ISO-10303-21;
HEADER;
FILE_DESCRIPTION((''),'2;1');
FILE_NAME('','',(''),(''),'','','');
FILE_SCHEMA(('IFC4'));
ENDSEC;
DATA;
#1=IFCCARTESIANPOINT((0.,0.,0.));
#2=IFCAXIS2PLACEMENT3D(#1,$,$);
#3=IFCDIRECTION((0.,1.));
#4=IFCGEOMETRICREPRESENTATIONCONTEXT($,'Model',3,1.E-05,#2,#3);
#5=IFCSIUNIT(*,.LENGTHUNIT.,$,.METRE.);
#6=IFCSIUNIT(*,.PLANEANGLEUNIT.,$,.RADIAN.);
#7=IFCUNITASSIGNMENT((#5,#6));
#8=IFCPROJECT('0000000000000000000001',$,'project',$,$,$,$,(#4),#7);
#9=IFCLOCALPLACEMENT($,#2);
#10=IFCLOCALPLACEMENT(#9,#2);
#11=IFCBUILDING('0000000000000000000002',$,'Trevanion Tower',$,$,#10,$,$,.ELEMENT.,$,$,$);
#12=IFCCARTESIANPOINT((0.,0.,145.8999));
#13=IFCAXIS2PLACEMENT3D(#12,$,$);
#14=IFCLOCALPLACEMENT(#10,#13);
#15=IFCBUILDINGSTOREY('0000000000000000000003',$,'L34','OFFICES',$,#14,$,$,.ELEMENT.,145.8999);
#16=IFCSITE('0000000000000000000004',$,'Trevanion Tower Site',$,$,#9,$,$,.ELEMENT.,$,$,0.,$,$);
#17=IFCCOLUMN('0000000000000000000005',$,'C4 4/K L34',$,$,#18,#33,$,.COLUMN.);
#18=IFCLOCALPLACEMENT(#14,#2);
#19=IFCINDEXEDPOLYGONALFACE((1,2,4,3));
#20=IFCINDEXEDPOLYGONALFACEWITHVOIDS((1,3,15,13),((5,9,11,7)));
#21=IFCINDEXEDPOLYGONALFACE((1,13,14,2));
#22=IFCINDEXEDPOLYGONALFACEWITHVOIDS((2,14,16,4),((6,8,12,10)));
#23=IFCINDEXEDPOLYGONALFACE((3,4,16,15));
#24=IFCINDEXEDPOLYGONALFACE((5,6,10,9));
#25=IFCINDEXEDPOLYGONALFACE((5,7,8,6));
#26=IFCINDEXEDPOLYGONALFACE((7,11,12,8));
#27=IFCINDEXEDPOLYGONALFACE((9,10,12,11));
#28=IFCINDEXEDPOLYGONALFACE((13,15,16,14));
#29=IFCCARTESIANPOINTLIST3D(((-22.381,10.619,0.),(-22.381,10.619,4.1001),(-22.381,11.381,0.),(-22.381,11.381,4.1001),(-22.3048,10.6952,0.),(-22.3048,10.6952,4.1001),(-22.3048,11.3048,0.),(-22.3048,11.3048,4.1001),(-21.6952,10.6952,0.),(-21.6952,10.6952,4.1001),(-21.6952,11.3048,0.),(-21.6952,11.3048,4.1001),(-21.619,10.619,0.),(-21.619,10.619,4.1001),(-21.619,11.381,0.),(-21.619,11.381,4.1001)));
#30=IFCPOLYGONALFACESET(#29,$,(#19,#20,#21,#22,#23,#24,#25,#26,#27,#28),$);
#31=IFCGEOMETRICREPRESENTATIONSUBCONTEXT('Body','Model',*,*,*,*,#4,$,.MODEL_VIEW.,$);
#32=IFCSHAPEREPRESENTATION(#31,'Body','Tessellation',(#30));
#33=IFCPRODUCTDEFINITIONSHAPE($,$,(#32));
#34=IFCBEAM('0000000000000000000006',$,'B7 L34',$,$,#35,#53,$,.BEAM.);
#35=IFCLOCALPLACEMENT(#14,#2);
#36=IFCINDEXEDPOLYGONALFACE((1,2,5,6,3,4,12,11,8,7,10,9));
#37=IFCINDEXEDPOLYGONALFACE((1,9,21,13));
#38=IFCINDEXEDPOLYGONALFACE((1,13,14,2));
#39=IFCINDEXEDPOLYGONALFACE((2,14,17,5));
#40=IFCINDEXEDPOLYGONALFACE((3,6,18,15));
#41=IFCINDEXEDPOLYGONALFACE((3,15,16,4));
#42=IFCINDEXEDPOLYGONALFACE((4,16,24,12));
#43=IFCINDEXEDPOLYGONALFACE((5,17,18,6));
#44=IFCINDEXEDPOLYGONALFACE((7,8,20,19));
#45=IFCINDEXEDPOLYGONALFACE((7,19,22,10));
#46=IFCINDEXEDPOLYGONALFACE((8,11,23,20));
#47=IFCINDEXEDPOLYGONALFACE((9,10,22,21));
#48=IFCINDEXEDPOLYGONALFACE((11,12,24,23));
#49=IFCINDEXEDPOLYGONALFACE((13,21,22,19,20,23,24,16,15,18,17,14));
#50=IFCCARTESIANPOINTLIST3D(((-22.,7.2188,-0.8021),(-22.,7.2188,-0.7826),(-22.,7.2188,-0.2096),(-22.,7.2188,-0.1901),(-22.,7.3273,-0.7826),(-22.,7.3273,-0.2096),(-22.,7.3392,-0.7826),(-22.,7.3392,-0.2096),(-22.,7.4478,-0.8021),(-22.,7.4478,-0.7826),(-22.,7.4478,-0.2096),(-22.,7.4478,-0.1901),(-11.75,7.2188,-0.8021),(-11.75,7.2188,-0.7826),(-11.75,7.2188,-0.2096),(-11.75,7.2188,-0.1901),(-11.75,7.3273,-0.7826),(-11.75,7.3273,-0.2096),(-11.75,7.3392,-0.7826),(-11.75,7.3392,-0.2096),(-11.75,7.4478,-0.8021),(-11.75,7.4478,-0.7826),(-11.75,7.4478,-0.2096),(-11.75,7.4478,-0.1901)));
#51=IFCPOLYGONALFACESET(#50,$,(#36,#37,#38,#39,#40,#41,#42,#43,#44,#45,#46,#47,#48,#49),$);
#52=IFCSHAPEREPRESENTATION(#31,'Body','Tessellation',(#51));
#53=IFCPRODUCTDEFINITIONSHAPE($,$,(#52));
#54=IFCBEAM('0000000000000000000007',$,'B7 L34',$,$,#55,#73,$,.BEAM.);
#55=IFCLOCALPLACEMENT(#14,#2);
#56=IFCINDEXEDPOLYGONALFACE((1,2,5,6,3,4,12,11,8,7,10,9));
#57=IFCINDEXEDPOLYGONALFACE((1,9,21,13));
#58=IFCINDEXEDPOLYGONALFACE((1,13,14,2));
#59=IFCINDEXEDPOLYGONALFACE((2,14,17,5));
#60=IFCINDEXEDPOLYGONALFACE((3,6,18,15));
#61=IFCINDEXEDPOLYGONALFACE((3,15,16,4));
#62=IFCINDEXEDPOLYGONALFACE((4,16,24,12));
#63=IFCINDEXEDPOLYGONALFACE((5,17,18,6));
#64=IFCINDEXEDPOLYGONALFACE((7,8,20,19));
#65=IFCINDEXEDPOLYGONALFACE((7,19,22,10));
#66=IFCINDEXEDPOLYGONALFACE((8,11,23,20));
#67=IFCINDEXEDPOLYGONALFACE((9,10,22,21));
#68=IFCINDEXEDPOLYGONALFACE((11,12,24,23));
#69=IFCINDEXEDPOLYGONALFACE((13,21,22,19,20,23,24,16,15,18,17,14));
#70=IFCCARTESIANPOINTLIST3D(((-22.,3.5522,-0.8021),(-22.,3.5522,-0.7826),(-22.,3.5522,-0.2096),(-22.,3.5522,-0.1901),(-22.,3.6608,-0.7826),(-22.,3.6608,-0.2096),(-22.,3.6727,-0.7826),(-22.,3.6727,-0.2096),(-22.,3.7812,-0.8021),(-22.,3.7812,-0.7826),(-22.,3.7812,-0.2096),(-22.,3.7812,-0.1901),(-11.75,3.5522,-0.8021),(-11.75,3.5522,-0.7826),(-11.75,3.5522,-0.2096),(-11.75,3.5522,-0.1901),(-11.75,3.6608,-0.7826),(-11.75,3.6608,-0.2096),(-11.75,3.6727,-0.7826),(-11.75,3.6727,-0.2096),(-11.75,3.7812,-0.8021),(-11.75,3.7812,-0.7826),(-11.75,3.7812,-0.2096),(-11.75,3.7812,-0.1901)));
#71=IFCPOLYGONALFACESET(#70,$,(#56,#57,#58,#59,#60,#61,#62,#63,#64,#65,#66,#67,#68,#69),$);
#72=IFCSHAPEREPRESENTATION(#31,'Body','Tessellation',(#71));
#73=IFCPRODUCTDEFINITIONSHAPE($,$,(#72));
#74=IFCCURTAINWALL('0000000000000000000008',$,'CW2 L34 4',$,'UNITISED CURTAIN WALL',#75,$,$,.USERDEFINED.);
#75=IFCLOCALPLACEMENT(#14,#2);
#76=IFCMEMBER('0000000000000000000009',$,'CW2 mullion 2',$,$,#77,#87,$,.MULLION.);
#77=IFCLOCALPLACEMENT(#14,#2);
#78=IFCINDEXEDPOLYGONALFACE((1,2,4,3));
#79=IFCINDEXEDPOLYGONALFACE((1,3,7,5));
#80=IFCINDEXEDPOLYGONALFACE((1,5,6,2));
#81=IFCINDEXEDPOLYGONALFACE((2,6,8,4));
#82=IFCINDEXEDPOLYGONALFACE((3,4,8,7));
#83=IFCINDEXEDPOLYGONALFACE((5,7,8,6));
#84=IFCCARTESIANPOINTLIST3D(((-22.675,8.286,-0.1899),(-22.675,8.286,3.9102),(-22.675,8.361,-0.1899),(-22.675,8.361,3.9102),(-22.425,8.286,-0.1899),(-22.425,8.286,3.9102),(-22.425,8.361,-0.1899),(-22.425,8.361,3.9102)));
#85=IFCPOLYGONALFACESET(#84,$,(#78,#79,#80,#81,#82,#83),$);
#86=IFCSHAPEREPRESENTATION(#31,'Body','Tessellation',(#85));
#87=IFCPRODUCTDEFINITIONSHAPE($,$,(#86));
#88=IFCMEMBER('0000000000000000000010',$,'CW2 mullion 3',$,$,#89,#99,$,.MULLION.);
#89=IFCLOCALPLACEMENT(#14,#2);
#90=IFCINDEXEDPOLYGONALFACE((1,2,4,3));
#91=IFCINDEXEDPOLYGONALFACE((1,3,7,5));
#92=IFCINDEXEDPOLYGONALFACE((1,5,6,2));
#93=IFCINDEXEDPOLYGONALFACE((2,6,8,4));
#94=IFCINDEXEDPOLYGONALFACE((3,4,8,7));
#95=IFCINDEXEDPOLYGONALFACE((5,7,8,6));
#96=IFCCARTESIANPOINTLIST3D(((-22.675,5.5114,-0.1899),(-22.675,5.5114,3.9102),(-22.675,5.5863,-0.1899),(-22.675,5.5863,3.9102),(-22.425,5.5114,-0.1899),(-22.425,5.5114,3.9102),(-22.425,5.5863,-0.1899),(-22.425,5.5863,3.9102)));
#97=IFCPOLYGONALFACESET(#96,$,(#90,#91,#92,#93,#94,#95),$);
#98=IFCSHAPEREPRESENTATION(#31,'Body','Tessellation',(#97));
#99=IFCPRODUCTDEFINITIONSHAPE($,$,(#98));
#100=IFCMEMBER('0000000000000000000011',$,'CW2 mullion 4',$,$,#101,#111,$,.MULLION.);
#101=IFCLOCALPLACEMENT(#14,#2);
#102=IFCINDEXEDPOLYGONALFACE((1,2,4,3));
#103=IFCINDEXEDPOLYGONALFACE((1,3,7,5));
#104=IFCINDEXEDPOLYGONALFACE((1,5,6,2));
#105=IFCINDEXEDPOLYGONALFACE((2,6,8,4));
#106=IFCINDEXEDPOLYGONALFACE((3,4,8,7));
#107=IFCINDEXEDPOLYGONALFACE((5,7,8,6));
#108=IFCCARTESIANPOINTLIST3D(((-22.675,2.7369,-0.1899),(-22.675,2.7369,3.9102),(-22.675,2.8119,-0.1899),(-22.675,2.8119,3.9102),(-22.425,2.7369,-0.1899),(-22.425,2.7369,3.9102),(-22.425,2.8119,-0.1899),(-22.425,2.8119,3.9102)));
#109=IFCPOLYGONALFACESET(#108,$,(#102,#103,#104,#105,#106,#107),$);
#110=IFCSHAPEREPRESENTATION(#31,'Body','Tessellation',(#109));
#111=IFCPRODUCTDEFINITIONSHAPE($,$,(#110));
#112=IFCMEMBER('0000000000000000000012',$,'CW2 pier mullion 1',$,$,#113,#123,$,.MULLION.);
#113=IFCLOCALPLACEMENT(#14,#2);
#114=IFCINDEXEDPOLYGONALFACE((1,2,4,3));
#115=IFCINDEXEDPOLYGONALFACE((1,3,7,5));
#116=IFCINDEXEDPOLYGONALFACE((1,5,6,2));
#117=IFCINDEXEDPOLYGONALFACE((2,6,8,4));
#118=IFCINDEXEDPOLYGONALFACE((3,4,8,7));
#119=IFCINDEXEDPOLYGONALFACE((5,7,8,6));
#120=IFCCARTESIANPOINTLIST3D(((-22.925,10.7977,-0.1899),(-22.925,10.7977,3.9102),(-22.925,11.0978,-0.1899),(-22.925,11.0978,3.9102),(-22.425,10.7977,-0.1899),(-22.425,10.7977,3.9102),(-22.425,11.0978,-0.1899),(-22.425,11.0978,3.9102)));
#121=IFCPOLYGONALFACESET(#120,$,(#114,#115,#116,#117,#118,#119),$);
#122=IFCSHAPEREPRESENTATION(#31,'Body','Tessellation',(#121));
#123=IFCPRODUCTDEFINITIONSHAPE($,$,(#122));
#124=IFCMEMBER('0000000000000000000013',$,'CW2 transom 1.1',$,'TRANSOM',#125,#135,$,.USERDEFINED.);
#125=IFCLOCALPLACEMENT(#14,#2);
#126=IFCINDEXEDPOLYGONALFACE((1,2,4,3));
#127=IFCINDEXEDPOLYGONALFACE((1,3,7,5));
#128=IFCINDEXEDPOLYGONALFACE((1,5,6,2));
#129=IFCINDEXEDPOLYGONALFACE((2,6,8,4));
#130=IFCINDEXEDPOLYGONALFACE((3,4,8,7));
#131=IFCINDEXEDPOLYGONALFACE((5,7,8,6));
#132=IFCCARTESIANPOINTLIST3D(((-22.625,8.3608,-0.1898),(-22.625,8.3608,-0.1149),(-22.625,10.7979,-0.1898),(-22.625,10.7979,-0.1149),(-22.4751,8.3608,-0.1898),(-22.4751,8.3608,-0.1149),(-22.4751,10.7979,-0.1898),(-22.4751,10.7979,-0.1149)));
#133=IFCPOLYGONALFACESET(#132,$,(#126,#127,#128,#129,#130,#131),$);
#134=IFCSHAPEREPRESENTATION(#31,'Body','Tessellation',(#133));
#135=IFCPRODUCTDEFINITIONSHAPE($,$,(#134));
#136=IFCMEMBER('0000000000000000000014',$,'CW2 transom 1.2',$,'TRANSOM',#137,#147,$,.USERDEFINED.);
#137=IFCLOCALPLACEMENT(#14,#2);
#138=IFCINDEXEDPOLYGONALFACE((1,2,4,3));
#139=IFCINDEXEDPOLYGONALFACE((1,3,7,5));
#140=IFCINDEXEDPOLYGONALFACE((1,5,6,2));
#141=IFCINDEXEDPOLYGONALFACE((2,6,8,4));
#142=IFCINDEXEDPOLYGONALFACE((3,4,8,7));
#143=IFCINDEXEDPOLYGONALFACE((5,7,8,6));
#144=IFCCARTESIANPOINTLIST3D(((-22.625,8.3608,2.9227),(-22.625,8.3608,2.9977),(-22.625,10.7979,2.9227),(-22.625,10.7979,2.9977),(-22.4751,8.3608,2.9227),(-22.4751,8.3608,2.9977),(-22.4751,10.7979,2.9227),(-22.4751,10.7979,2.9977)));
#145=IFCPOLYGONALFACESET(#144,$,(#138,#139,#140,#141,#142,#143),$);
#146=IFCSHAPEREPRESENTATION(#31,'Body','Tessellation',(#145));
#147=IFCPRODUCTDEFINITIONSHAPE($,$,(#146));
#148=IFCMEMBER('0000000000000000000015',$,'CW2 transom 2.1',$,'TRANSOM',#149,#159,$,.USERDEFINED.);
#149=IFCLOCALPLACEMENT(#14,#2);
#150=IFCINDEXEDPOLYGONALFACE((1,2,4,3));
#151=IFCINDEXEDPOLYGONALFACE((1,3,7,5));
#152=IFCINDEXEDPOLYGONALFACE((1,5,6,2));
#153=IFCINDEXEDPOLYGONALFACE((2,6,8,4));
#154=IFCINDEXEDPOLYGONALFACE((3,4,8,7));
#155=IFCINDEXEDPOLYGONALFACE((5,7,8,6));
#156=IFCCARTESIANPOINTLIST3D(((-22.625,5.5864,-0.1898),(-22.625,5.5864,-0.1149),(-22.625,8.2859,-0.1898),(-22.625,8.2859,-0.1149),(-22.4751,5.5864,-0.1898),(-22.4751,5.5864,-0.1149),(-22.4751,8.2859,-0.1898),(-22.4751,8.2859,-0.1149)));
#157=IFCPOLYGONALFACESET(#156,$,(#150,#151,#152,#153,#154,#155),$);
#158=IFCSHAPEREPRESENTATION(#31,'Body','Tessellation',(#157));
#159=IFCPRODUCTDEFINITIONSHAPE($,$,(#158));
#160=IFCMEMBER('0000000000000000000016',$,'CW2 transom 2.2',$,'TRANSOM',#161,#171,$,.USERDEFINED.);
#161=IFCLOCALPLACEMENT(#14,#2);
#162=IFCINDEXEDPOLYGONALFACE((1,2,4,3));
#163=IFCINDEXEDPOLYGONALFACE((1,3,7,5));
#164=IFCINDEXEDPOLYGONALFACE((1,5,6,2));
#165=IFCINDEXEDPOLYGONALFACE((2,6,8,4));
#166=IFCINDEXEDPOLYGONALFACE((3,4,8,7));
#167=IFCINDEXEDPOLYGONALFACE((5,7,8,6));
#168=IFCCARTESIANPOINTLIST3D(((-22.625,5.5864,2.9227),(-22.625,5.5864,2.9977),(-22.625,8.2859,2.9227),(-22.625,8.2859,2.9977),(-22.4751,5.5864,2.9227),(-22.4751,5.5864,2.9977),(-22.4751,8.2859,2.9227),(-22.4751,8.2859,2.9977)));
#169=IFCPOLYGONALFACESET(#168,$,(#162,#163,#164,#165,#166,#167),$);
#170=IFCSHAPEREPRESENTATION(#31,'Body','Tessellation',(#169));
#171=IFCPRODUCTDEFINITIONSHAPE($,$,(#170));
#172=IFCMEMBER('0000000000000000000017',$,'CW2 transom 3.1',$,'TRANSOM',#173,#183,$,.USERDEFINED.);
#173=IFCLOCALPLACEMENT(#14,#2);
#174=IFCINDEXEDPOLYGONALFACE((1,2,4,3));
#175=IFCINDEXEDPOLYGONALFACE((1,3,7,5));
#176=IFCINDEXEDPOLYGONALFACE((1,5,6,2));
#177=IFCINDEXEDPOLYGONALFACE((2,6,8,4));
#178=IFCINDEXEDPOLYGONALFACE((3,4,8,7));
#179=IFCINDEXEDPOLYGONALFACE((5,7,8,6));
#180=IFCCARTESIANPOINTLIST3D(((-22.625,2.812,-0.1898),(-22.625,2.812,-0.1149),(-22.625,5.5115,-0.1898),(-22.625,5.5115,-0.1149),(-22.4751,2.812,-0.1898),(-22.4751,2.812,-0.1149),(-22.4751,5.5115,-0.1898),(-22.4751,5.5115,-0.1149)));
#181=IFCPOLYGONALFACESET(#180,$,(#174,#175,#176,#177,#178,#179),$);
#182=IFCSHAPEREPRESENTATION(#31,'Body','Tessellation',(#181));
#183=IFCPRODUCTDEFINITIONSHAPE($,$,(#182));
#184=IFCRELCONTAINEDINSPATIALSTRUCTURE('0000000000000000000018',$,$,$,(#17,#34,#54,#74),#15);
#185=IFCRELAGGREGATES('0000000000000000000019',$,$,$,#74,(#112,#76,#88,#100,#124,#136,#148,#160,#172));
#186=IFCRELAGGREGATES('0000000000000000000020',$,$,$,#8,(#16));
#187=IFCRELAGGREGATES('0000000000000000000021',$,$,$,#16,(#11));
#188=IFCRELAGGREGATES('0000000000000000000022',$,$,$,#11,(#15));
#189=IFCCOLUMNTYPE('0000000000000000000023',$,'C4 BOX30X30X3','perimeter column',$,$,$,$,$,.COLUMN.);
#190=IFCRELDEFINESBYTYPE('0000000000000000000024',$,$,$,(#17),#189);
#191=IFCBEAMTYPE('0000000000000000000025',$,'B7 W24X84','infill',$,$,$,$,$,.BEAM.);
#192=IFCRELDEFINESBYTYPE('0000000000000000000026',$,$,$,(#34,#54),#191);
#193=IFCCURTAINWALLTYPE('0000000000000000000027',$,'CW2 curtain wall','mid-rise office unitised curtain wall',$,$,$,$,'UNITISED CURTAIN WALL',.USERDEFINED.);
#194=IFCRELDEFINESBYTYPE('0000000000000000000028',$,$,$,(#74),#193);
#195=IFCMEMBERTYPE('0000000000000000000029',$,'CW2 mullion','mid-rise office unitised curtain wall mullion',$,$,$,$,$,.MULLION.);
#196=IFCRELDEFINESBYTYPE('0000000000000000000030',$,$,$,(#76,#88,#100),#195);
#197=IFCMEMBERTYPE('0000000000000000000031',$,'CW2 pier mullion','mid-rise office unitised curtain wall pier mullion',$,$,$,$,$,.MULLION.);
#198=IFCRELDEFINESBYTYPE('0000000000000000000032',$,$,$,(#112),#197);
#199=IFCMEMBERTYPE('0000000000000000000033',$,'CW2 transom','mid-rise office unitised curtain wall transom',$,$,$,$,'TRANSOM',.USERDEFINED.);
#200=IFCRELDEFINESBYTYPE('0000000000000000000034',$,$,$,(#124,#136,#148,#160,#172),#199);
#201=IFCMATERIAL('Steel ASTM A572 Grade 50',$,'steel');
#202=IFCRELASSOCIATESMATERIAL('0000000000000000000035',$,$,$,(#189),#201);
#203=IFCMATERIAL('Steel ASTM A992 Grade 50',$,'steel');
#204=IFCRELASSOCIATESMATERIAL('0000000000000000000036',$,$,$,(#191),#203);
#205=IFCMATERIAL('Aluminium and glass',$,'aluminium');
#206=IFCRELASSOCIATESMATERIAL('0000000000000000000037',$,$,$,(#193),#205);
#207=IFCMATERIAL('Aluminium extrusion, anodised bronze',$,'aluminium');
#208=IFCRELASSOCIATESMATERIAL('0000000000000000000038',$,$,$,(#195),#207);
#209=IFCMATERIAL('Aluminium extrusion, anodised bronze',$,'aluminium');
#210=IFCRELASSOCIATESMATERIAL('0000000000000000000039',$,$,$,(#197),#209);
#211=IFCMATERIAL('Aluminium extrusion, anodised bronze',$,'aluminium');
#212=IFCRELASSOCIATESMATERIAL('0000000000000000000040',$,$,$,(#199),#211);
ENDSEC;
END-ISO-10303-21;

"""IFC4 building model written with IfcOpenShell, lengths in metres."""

from ifc_helpers import new_model, si_unit, direction, frame, origin, origin_2d, place, context, subcontext, project, spatial, rectangle, hollow_rectangle, i_section, extrude, material, material_profile, profile_set, type_object, element, aggregate, save


model = new_model("IFC4")

# Units and contexts
model_context = context("Model", 3, precision=1e-05, world=origin(), true_north=direction((0.0, 1.0)))
body_context = subcontext(model_context, "Body", "Model", "MODEL_VIEW")
ifc_project = project(units=[si_unit("LENGTHUNIT", "METRE"), si_unit("PLANEANGLEUNIT", "RADIAN")], contexts=[model_context])

# Site, building, storey
site_placement = place(None, origin())
site = spatial("IfcSite", under=ifc_project, at=site_placement, Name="Trevanion Tower Site", CompositionType="ELEMENT", RefElevation=0.0)
building_placement = place(site_placement, origin())
building = spatial("IfcBuilding", under=site, at=building_placement, Name="Trevanion Tower", CompositionType="ELEMENT")
storey_placement = place(building_placement, frame((0.0, 0.0, 145.8999)))
storey = spatial("IfcBuildingStorey", under=building, at=storey_placement, Name="L34", Description="OFFICES", CompositionType="ELEMENT", Elevation=145.8999)

# Column
ifc_material_1 = material(Name="Steel ASTM A572 Grade 50", Category="steel")
ifc_material_profile_1 = material_profile(ifc_material_1, hollow_rectangle(XDim=0.762, YDim=0.762, WallThickness=0.0762, at=origin_2d()), Name="BOX30X30X3")
ifc_profile_set_1 = profile_set([ifc_material_profile_1], Name="Steel ASTM A572 Grade 50")
column_type = type_object("IfcColumnType", Name="C4 BOX30X30X3", Description="perimeter column", PredefinedType="COLUMN", material=ifc_profile_set_1)
column_placement = place(storey_placement, frame((-22.0, 11.0, 0.0), z_axis=(0.0, 0.0, 1.0), x_axis=(0.0, 1.0, 0.0)))
element("IfcColumn", 1, at=column_placement, inside=storey, type_object=column_type, Name="C4 4/K L34", PredefinedType="COLUMN", context=body_context, shape_type="SweptSolid", body=[
    extrude(hollow_rectangle(XDim=0.762, YDim=0.762, WallThickness=0.0762, at=origin_2d()), origin(), (0.0, 0.0, 1.0), 4.1001),
])

# Beams
ifc_material_2 = material(Name="Steel ASTM A992 Grade 50", Category="steel")
ifc_material_profile_2 = material_profile(ifc_material_2, i_section(OverallWidth=0.229, OverallDepth=0.6121, WebThickness=0.012, FlangeThickness=0.0195, at=origin_2d()), Name="W24X84")
ifc_profile_set_2 = profile_set([ifc_material_profile_2], Name="Steel ASTM A992 Grade 50")
beam_type = type_object("IfcBeamType", Name="B7 W24X84", Description="infill", PredefinedType="BEAM", material=ifc_profile_set_2)
for number, where, z_axis, x_axis, name in (
    (2, (-11.75, 7.3333, -0.4961), (-1.0, 0.0, 0.0), (0.0, -1.0, 0.0), "B7 L34"),
    (3, (-11.75, 3.6667, -0.4961), (-1.0, 0.0, 0.0), (0.0, -1.0, 0.0), "B7 L34"),
):
    element("IfcBeam", number, at=place(storey_placement, frame(where, z_axis=z_axis, x_axis=x_axis)), inside=storey, type_object=beam_type, Name=name, PredefinedType="BEAM", context=body_context, shape_type="SweptSolid", body=[
        extrude(i_section(OverallWidth=0.229, OverallDepth=0.6121, WebThickness=0.012, FlangeThickness=0.0195, at=origin_2d()), origin(), (0.0, 0.0, 1.0), 10.25),
    ])

# Curtain wall, members
ifc_material_3 = material(Name="Aluminium and glass", Category="aluminium")
curtain_wall_type = type_object("IfcCurtainWallType", Name="CW2 curtain wall", Description="mid-rise office unitised curtain wall", ElementType="UNITISED CURTAIN WALL", PredefinedType="USERDEFINED", material=ifc_material_3)
curtain_wall_placement = place(storey_placement, origin())
curtain_wall = element("IfcCurtainWall", 4, at=curtain_wall_placement, inside=storey, type_object=curtain_wall_type, Name="CW2 L34 4", ObjectType="UNITISED CURTAIN WALL", PredefinedType="USERDEFINED")
ifc_material_4 = material(Name="Aluminium extrusion, anodised bronze", Category="aluminium")
ifc_material_profile_3 = material_profile(ifc_material_4, rectangle(XDim=0.075, YDim=0.25, at=origin_2d()), Name="CW2 mullion")
ifc_profile_set_3 = profile_set([ifc_material_profile_3], Name="Aluminium extrusion, anodised bronze")
member_type_1 = type_object("IfcMemberType", Name="CW2 mullion", Description="mid-rise office unitised curtain wall mullion", PredefinedType="MULLION", material=ifc_profile_set_3)
member_1_placement = place(storey_placement, frame((-22.55, 8.3235, -0.1899), z_axis=(0.0, 0.0, 1.0), x_axis=(0.0, -1.0, 0.0)))
member_1 = element("IfcMember", 5, at=member_1_placement, type_object=member_type_1, Name="CW2 mullion 2", PredefinedType="MULLION", context=body_context, shape_type="SweptSolid", body=[
    extrude(rectangle(XDim=0.075, YDim=0.25, at=origin_2d()), origin(), (0.0, 0.0, 1.0), 4.1001),
])
member_2_placement = place(storey_placement, frame((-22.55, 5.5488, -0.1899), z_axis=(0.0, 0.0, 1.0), x_axis=(0.0, -1.0, 0.0)))
member_2 = element("IfcMember", 6, at=member_2_placement, type_object=member_type_1, Name="CW2 mullion 3", PredefinedType="MULLION", context=body_context, shape_type="SweptSolid", body=[
    extrude(rectangle(XDim=0.075, YDim=0.25, at=origin_2d()), origin(), (0.0, 0.0, 1.0), 4.1001),
])
member_3_placement = place(storey_placement, frame((-22.55, 2.7744, -0.1899), z_axis=(0.0, 0.0, 1.0), x_axis=(0.0, -1.0, 0.0)))
member_3 = element("IfcMember", 7, at=member_3_placement, type_object=member_type_1, Name="CW2 mullion 4", PredefinedType="MULLION", context=body_context, shape_type="SweptSolid", body=[
    extrude(rectangle(XDim=0.075, YDim=0.25, at=origin_2d()), origin(), (0.0, 0.0, 1.0), 4.1001),
])
ifc_material_5 = material(Name="Aluminium extrusion, anodised bronze", Category="aluminium")
ifc_material_profile_4 = material_profile(ifc_material_5, rectangle(XDim=0.3, YDim=0.5, at=origin_2d()), Name="CW2 pier mullion")
ifc_profile_set_4 = profile_set([ifc_material_profile_4], Name="Aluminium extrusion, anodised bronze")
member_type_2 = type_object("IfcMemberType", Name="CW2 pier mullion", Description="mid-rise office unitised curtain wall pier mullion", PredefinedType="MULLION", material=ifc_profile_set_4)
member_4_placement = place(storey_placement, frame((-22.675, 10.9478, -0.1899), z_axis=(0.0, 0.0, 1.0), x_axis=(0.0, -1.0, 0.0)))
member_4 = element("IfcMember", 8, at=member_4_placement, type_object=member_type_2, Name="CW2 pier mullion 1", PredefinedType="MULLION", context=body_context, shape_type="SweptSolid", body=[
    extrude(rectangle(XDim=0.3, YDim=0.5, at=origin_2d()), origin(), (0.0, 0.0, 1.0), 4.1001),
])
ifc_material_6 = material(Name="Aluminium extrusion, anodised bronze", Category="aluminium")
ifc_material_profile_5 = material_profile(ifc_material_6, rectangle(XDim=0.1499, YDim=0.075, at=origin_2d()), Name="CW2 transom")
ifc_profile_set_5 = profile_set([ifc_material_profile_5], Name="Aluminium extrusion, anodised bronze")
member_type_3 = type_object("IfcMemberType", Name="CW2 transom", Description="mid-rise office unitised curtain wall transom", ElementType="TRANSOM", PredefinedType="USERDEFINED", material=ifc_profile_set_5)
member_5_placement = place(storey_placement, frame((-22.55, 10.7979, -0.1523), z_axis=(0.0, -1.0, 0.0), x_axis=(1.0, 0.0, 0.0)))
member_5 = element("IfcMember", 9, at=member_5_placement, type_object=member_type_3, Name="CW2 transom 1.1", ObjectType="TRANSOM", PredefinedType="USERDEFINED", context=body_context, shape_type="SweptSolid", body=[
    extrude(rectangle(XDim=0.1499, YDim=0.075, at=origin_2d()), origin(), (0.0, 0.0, 1.0), 2.437),
])
member_6_placement = place(storey_placement, frame((-22.55, 10.7979, 2.9602), z_axis=(0.0, -1.0, 0.0), x_axis=(1.0, 0.0, 0.0)))
member_6 = element("IfcMember", 10, at=member_6_placement, type_object=member_type_3, Name="CW2 transom 1.2", ObjectType="TRANSOM", PredefinedType="USERDEFINED", context=body_context, shape_type="SweptSolid", body=[
    extrude(rectangle(XDim=0.1499, YDim=0.075, at=origin_2d()), origin(), (0.0, 0.0, 1.0), 2.437),
])
member_7_placement = place(storey_placement, frame((-22.55, 8.2859, -0.1523), z_axis=(0.0, -1.0, 0.0), x_axis=(1.0, 0.0, 0.0)))
member_7 = element("IfcMember", 11, at=member_7_placement, type_object=member_type_3, Name="CW2 transom 2.1", ObjectType="TRANSOM", PredefinedType="USERDEFINED", context=body_context, shape_type="SweptSolid", body=[
    extrude(rectangle(XDim=0.1499, YDim=0.075, at=origin_2d()), origin(), (0.0, 0.0, 1.0), 2.6995),
])
member_8_placement = place(storey_placement, frame((-22.55, 8.2859, 2.9602), z_axis=(0.0, -1.0, 0.0), x_axis=(1.0, 0.0, 0.0)))
member_8 = element("IfcMember", 12, at=member_8_placement, type_object=member_type_3, Name="CW2 transom 2.2", ObjectType="TRANSOM", PredefinedType="USERDEFINED", context=body_context, shape_type="SweptSolid", body=[
    extrude(rectangle(XDim=0.1499, YDim=0.075, at=origin_2d()), origin(), (0.0, 0.0, 1.0), 2.6995),
])
member_9_placement = place(storey_placement, frame((-22.55, 5.5115, -0.1523), z_axis=(0.0, -1.0, 0.0), x_axis=(1.0, 0.0, 0.0)))
member_9 = element("IfcMember", 13, at=member_9_placement, type_object=member_type_3, Name="CW2 transom 3.1", ObjectType="TRANSOM", PredefinedType="USERDEFINED", context=body_context, shape_type="SweptSolid", body=[
    extrude(rectangle(XDim=0.1499, YDim=0.075, at=origin_2d()), origin(), (0.0, 0.0, 1.0), 2.6995),
])
aggregate(curtain_wall, [member_4, member_1, member_2, member_3, member_5, member_6, member_7, member_8, member_9])

save(model, "model.ifc")
